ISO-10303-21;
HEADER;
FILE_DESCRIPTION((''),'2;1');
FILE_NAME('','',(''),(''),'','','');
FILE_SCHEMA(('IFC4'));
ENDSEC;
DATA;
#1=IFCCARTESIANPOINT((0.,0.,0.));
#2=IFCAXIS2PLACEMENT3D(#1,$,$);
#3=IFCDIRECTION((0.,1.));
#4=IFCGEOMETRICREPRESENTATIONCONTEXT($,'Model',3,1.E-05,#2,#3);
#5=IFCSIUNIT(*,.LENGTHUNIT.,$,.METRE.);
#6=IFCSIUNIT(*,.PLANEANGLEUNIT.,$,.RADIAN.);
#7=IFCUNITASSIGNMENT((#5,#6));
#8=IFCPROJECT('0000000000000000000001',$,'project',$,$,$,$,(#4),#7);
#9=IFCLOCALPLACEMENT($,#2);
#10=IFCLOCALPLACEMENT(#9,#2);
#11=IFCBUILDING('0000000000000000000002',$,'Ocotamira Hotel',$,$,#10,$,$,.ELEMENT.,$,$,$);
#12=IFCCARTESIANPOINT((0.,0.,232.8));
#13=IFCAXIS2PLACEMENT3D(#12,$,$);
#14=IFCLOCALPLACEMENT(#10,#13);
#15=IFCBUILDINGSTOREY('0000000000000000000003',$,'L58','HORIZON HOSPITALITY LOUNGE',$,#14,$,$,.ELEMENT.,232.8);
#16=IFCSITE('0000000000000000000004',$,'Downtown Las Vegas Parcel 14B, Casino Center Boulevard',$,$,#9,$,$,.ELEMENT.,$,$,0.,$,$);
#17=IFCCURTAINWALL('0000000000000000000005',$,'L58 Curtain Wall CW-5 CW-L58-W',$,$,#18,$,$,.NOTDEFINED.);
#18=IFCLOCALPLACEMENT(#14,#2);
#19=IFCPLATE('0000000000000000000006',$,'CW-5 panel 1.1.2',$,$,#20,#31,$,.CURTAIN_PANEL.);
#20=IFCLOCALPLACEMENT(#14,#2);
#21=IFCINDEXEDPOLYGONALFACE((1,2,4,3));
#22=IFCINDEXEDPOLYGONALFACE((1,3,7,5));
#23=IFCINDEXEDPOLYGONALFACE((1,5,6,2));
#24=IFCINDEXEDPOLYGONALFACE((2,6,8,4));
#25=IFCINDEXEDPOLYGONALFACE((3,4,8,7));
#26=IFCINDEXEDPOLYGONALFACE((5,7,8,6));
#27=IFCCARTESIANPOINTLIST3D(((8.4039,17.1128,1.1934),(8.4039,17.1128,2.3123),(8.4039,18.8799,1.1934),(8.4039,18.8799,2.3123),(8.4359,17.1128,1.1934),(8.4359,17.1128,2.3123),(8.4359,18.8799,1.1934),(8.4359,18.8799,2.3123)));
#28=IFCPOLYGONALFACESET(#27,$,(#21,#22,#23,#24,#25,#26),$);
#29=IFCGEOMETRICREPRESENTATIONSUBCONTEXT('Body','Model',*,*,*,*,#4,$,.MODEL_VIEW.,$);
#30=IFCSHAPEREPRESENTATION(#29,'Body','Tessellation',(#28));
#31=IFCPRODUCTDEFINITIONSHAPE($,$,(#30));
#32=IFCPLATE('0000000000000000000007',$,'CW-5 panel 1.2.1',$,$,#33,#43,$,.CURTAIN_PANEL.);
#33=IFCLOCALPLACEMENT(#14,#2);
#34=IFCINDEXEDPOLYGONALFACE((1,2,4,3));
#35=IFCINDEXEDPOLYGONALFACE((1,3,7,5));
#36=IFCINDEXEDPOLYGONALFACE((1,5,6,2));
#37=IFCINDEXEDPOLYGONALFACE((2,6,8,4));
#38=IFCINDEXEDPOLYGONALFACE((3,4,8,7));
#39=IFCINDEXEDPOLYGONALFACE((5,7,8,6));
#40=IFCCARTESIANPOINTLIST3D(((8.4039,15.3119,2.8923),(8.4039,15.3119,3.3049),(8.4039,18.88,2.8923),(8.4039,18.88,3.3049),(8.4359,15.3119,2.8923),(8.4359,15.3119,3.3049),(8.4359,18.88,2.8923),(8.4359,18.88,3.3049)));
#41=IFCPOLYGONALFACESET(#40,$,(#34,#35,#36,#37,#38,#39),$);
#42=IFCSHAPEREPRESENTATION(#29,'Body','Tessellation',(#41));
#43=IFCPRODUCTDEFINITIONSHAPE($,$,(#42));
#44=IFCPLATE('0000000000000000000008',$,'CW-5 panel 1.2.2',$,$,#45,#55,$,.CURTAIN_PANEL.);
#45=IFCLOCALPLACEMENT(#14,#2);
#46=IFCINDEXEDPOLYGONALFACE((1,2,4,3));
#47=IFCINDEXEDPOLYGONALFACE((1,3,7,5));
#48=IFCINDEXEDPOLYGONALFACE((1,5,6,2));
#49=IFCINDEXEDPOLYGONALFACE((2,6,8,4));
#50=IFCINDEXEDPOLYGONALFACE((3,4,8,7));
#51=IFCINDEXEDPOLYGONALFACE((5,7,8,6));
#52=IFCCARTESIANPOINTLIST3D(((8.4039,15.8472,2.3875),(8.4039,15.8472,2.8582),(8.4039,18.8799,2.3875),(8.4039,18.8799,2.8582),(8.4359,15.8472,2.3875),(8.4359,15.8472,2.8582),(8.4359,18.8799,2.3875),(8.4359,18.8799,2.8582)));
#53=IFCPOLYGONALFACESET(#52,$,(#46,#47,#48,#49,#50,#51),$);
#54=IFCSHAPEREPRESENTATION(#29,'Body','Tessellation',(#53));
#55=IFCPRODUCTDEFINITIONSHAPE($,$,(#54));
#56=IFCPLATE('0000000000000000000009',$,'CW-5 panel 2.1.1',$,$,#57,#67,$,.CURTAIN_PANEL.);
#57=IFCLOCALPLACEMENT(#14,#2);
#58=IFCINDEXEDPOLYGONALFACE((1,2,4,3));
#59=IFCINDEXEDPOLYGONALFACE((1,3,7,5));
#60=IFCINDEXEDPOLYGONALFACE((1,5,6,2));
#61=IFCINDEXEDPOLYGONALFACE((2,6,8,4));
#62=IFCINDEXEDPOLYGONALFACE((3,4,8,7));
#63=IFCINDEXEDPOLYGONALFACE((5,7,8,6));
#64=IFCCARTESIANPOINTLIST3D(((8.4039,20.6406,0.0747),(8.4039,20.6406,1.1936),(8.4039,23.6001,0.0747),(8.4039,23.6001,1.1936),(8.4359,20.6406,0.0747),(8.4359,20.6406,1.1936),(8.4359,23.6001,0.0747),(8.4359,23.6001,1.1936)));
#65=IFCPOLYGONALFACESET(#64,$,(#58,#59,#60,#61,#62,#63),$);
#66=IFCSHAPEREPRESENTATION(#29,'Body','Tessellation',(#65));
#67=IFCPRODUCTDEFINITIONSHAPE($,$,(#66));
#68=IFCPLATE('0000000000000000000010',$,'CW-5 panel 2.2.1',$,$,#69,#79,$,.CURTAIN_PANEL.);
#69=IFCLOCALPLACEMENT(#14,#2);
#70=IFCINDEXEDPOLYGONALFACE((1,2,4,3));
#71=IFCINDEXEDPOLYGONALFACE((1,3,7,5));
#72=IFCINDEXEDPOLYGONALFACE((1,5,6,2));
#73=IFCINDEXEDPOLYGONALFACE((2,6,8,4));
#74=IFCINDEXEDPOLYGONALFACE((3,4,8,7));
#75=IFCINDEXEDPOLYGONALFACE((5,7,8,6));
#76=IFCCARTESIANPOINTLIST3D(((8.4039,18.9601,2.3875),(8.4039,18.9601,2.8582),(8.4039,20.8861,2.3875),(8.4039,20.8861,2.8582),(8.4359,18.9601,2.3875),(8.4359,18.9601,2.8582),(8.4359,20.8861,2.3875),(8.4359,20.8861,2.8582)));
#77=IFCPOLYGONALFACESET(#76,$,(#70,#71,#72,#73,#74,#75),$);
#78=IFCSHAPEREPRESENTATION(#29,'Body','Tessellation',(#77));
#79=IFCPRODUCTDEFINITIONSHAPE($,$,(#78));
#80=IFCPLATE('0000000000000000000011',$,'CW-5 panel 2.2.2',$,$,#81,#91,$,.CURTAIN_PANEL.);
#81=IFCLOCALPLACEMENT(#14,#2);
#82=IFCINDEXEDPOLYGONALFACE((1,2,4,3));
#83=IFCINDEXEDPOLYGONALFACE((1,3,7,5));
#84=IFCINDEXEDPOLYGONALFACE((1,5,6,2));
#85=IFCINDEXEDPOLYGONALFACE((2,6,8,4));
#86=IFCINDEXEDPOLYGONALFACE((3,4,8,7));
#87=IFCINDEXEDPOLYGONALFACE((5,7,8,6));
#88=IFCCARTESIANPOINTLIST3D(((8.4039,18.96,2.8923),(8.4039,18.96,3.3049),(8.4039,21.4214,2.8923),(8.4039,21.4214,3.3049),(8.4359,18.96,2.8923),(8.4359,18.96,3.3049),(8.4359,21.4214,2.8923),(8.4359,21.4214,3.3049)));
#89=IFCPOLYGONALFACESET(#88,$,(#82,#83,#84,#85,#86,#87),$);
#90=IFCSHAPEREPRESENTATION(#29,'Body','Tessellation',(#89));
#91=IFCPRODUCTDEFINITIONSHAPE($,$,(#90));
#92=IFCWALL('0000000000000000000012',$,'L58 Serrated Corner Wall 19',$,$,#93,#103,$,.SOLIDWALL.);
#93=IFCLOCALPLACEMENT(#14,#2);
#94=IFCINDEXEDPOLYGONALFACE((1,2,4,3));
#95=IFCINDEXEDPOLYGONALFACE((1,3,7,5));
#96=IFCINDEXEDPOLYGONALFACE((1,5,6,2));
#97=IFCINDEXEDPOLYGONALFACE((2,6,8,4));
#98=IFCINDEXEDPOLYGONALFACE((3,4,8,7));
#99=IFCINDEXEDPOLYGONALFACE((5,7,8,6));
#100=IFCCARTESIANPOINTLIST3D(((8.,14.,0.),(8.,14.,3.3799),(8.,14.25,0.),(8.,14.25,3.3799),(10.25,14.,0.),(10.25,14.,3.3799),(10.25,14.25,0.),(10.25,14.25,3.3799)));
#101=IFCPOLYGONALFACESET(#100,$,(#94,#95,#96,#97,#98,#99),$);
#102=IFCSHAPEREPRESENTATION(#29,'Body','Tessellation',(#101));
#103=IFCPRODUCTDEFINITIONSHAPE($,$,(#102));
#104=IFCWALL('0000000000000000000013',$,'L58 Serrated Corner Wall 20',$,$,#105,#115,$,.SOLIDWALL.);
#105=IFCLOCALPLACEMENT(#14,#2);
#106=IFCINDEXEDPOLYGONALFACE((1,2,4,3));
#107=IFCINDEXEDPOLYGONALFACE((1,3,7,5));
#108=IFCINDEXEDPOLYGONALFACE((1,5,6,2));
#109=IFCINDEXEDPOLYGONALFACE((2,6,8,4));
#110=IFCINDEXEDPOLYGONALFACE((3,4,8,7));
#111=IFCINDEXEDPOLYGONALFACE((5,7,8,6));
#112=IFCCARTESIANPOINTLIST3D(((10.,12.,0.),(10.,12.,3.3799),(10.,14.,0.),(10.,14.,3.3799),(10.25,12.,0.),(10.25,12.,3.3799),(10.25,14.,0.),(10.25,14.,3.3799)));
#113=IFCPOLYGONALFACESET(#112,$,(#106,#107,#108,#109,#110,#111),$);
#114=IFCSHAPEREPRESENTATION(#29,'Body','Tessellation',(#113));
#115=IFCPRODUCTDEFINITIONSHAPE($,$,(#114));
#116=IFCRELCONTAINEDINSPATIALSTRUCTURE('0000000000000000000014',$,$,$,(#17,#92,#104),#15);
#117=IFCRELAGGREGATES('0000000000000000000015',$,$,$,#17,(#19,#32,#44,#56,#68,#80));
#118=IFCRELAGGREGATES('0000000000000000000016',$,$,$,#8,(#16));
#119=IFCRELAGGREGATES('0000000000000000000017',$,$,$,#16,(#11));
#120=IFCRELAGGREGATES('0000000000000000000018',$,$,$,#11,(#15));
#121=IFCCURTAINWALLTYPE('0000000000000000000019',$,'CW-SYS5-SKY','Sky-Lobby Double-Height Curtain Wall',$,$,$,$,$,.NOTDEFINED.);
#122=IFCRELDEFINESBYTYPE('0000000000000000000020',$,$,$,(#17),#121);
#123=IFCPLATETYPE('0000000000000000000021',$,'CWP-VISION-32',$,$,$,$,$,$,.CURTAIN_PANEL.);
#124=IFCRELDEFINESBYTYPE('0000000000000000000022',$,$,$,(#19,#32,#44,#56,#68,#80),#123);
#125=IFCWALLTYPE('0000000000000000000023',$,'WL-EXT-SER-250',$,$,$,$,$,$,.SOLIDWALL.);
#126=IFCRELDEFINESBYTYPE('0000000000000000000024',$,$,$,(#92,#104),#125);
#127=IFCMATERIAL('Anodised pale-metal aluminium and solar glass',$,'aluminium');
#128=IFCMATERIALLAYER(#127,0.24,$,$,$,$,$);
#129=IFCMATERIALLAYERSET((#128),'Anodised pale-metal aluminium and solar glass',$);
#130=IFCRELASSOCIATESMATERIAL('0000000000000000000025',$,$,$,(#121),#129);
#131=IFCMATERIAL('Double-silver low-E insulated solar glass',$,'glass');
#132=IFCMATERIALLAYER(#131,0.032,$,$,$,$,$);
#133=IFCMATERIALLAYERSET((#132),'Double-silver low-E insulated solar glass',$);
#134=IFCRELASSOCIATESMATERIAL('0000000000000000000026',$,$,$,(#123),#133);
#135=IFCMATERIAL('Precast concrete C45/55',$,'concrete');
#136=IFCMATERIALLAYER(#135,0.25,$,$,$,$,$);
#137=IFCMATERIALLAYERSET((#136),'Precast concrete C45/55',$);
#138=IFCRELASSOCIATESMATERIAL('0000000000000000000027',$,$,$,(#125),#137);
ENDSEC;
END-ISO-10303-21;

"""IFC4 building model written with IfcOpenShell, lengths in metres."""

from ifc_helpers import new_model, si_unit, direction, frame, frame_2d, origin, origin_2d, place, context, subcontext, project, spatial, rectangle, extrude, source, transform, mapped, material, layer, layer_set, type_object, element, aggregate, save


model = new_model("IFC4")

# Units and contexts
model_context = context("Model", 3, precision=1e-05, world=origin(), true_north=direction((0.0, 1.0)))
body_context = subcontext(model_context, "Body", "Model", "MODEL_VIEW")
ifc_project = project(units=[si_unit("LENGTHUNIT", "METRE"), si_unit("PLANEANGLEUNIT", "RADIAN")], contexts=[model_context])

# Site, building, storey
site_placement = place(None, origin())
site = spatial("IfcSite", under=ifc_project, at=site_placement, Name="Downtown Las Vegas Parcel 14B, Casino Center Boulevard", CompositionType="ELEMENT", RefElevation=0.0)
building_placement = place(site_placement, origin())
building = spatial("IfcBuilding", under=site, at=building_placement, Name="Ocotamira Hotel", CompositionType="ELEMENT")
storey_placement = place(building_placement, frame((0.0, 0.0, 232.8)))
storey = spatial("IfcBuildingStorey", under=building, at=storey_placement, Name="L58", Description="HORIZON HOSPITALITY LOUNGE", CompositionType="ELEMENT", Elevation=232.8)

# Curtain wall
ifc_material_1 = material(Name="Anodised pale-metal aluminium and solar glass", Category="aluminium")
ifc_layer_1 = layer(ifc_material_1, 0.24)
ifc_layer_set_1 = layer_set([ifc_layer_1], Name="Anodised pale-metal aluminium and solar glass")
curtain_wall_type = type_object("IfcCurtainWallType", Name="CW-SYS5-SKY", Description="Sky-Lobby Double-Height Curtain Wall", PredefinedType="NOTDEFINED", material=ifc_layer_set_1)
curtain_wall_placement = place(storey_placement, origin())
curtain_wall = element("IfcCurtainWall", 1, at=curtain_wall_placement, inside=storey, type_object=curtain_wall_type, Name="L58 Curtain Wall CW-5 CW-L58-W", PredefinedType="NOTDEFINED")

# Plates
ifc_material_2 = material(Name="Double-silver low-E insulated solar glass", Category="glass")
ifc_layer_2 = layer(ifc_material_2, 0.032)
ifc_layer_set_2 = layer_set([ifc_layer_2], Name="Double-silver low-E insulated solar glass")
plate_type_1 = type_object("IfcPlateType", Name="CWP-VISION-32", PredefinedType="CURTAIN_PANEL", material=ifc_layer_set_2)
shared_shape_1 = source(origin(), body_context, "Body", "SweptSolid", [
    extrude(rectangle(XDim=1.7671, YDim=0.032, at=origin_2d()), origin(), (0.0, 0.0, 1.0), 1.1189),
])
plate_1_placement = place(storey_placement, frame((8.4199, 17.9963, 1.1934), z_axis=(0.0, 0.0, 1.0), x_axis=(0.0, 1.0, 0.0)))
plate_1 = element("IfcPlate", 2, at=plate_1_placement, type_object=plate_type_1, Name="CW-5 panel 1.1.2", PredefinedType="CURTAIN_PANEL", context=body_context, shape_type="MappedRepresentation", body=[
    mapped(shared_shape_1, transform((0.0, 0.0, 0.0), scale=1.0)),
])
shared_shape_2 = source(origin(), body_context, "Body", "SweptSolid", [
    extrude(rectangle(XDim=3.5681, YDim=0.032, at=origin_2d()), origin(), (0.0, 0.0, 1.0), 0.4126),
])
plate_2_placement = place(storey_placement, frame((8.4199, 17.0959, 2.8923), z_axis=(0.0, 0.0, 1.0), x_axis=(0.0, 1.0, 0.0)))
plate_2 = element("IfcPlate", 3, at=plate_2_placement, type_object=plate_type_1, Name="CW-5 panel 1.2.1", PredefinedType="CURTAIN_PANEL", context=body_context, shape_type="MappedRepresentation", body=[
    mapped(shared_shape_2, transform((0.0, 0.0, 0.0), scale=1.0)),
])
shared_shape_3 = source(origin(), body_context, "Body", "SweptSolid", [
    extrude(rectangle(XDim=3.0327, YDim=0.032, at=origin_2d()), origin(), (0.0, 0.0, 1.0), 0.4707),
])
plate_3_placement = place(storey_placement, frame((8.4199, 17.3635, 2.3875), z_axis=(0.0, 0.0, 1.0), x_axis=(0.0, 1.0, 0.0)))
plate_3 = element("IfcPlate", 4, at=plate_3_placement, type_object=plate_type_1, Name="CW-5 panel 1.2.2", PredefinedType="CURTAIN_PANEL", context=body_context, shape_type="MappedRepresentation", body=[
    mapped(shared_shape_3, transform((0.0, 0.0, 0.0), scale=1.0)),
])
shared_shape_4 = source(origin(), body_context, "Body", "SweptSolid", [
    extrude(rectangle(XDim=2.9595, YDim=0.032, at=origin_2d()), origin(), (0.0, 0.0, 1.0), 1.1189),
])
plate_4_placement = place(storey_placement, frame((8.4199, 22.1204, 0.0747), z_axis=(0.0, 0.0, 1.0), x_axis=(0.0, 1.0, 0.0)))
plate_4 = element("IfcPlate", 5, at=plate_4_placement, type_object=plate_type_1, Name="CW-5 panel 2.1.1", PredefinedType="CURTAIN_PANEL", context=body_context, shape_type="MappedRepresentation", body=[
    mapped(shared_shape_4, transform((0.0, 0.0, 0.0), scale=1.0)),
])
shared_shape_5 = source(origin(), body_context, "Body", "SweptSolid", [
    extrude(rectangle(XDim=1.926, YDim=0.032, at=origin_2d()), origin(), (0.0, 0.0, 1.0), 0.4707),
])
plate_5_placement = place(storey_placement, frame((8.4199, 19.9231, 2.3875), z_axis=(0.0, 0.0, 1.0), x_axis=(0.0, 1.0, 0.0)))
plate_5 = element("IfcPlate", 6, at=plate_5_placement, type_object=plate_type_1, Name="CW-5 panel 2.2.1", PredefinedType="CURTAIN_PANEL", context=body_context, shape_type="MappedRepresentation", body=[
    mapped(shared_shape_5, transform((0.0, 0.0, 0.0), scale=1.0)),
])
shared_shape_6 = source(origin(), body_context, "Body", "SweptSolid", [
    extrude(rectangle(XDim=2.4614, YDim=0.032, at=origin_2d()), origin(), (0.0, 0.0, 1.0), 0.4126),
])
plate_6_placement = place(storey_placement, frame((8.4199, 20.1907, 2.8923), z_axis=(0.0, 0.0, 1.0), x_axis=(0.0, 1.0, 0.0)))
plate_6 = element("IfcPlate", 7, at=plate_6_placement, type_object=plate_type_1, Name="CW-5 panel 2.2.2", PredefinedType="CURTAIN_PANEL", context=body_context, shape_type="MappedRepresentation", body=[
    mapped(shared_shape_6, transform((0.0, 0.0, 0.0), scale=1.0)),
])
aggregate(curtain_wall, [plate_1, plate_2, plate_3, plate_4, plate_5, plate_6])

# Walls
ifc_material_3 = material(Name="Precast concrete C45/55", Category="concrete")
ifc_layer_3 = layer(ifc_material_3, 0.25)
ifc_layer_set_3 = layer_set([ifc_layer_3], Name="Precast concrete C45/55")
wall_type_1 = type_object("IfcWallType", Name="WL-EXT-SER-250", PredefinedType="SOLIDWALL", material=ifc_layer_set_3)
wall_1_placement = place(storey_placement, frame((8.0, 14.125, 0.0), z_axis=(0.0, 0.0, 1.0), x_axis=(1.0, 0.0, 0.0)))
element("IfcWall", 8, at=wall_1_placement, inside=storey, type_object=wall_type_1, Name="L58 Serrated Corner Wall 19", PredefinedType="SOLIDWALL", context=body_context, shape_type="SweptSolid", body=[
    extrude(rectangle(XDim=2.25, YDim=0.25, at=frame_2d((1.125, 0.0))), origin(), (0.0, 0.0, 1.0), 3.3799),
])
wall_2_placement = place(storey_placement, frame((10.125, 14.0, 0.0), z_axis=(0.0, 0.0, 1.0), x_axis=(0.0, -1.0, 0.0)))
element("IfcWall", 9, at=wall_2_placement, inside=storey, type_object=wall_type_1, Name="L58 Serrated Corner Wall 20", PredefinedType="SOLIDWALL", context=body_context, shape_type="SweptSolid", body=[
    extrude(rectangle(XDim=2.0, YDim=0.25, at=frame_2d((1.0, 0.0))), origin(), (0.0, 0.0, 1.0), 3.3799),
])

save(model, "model.ifc")
